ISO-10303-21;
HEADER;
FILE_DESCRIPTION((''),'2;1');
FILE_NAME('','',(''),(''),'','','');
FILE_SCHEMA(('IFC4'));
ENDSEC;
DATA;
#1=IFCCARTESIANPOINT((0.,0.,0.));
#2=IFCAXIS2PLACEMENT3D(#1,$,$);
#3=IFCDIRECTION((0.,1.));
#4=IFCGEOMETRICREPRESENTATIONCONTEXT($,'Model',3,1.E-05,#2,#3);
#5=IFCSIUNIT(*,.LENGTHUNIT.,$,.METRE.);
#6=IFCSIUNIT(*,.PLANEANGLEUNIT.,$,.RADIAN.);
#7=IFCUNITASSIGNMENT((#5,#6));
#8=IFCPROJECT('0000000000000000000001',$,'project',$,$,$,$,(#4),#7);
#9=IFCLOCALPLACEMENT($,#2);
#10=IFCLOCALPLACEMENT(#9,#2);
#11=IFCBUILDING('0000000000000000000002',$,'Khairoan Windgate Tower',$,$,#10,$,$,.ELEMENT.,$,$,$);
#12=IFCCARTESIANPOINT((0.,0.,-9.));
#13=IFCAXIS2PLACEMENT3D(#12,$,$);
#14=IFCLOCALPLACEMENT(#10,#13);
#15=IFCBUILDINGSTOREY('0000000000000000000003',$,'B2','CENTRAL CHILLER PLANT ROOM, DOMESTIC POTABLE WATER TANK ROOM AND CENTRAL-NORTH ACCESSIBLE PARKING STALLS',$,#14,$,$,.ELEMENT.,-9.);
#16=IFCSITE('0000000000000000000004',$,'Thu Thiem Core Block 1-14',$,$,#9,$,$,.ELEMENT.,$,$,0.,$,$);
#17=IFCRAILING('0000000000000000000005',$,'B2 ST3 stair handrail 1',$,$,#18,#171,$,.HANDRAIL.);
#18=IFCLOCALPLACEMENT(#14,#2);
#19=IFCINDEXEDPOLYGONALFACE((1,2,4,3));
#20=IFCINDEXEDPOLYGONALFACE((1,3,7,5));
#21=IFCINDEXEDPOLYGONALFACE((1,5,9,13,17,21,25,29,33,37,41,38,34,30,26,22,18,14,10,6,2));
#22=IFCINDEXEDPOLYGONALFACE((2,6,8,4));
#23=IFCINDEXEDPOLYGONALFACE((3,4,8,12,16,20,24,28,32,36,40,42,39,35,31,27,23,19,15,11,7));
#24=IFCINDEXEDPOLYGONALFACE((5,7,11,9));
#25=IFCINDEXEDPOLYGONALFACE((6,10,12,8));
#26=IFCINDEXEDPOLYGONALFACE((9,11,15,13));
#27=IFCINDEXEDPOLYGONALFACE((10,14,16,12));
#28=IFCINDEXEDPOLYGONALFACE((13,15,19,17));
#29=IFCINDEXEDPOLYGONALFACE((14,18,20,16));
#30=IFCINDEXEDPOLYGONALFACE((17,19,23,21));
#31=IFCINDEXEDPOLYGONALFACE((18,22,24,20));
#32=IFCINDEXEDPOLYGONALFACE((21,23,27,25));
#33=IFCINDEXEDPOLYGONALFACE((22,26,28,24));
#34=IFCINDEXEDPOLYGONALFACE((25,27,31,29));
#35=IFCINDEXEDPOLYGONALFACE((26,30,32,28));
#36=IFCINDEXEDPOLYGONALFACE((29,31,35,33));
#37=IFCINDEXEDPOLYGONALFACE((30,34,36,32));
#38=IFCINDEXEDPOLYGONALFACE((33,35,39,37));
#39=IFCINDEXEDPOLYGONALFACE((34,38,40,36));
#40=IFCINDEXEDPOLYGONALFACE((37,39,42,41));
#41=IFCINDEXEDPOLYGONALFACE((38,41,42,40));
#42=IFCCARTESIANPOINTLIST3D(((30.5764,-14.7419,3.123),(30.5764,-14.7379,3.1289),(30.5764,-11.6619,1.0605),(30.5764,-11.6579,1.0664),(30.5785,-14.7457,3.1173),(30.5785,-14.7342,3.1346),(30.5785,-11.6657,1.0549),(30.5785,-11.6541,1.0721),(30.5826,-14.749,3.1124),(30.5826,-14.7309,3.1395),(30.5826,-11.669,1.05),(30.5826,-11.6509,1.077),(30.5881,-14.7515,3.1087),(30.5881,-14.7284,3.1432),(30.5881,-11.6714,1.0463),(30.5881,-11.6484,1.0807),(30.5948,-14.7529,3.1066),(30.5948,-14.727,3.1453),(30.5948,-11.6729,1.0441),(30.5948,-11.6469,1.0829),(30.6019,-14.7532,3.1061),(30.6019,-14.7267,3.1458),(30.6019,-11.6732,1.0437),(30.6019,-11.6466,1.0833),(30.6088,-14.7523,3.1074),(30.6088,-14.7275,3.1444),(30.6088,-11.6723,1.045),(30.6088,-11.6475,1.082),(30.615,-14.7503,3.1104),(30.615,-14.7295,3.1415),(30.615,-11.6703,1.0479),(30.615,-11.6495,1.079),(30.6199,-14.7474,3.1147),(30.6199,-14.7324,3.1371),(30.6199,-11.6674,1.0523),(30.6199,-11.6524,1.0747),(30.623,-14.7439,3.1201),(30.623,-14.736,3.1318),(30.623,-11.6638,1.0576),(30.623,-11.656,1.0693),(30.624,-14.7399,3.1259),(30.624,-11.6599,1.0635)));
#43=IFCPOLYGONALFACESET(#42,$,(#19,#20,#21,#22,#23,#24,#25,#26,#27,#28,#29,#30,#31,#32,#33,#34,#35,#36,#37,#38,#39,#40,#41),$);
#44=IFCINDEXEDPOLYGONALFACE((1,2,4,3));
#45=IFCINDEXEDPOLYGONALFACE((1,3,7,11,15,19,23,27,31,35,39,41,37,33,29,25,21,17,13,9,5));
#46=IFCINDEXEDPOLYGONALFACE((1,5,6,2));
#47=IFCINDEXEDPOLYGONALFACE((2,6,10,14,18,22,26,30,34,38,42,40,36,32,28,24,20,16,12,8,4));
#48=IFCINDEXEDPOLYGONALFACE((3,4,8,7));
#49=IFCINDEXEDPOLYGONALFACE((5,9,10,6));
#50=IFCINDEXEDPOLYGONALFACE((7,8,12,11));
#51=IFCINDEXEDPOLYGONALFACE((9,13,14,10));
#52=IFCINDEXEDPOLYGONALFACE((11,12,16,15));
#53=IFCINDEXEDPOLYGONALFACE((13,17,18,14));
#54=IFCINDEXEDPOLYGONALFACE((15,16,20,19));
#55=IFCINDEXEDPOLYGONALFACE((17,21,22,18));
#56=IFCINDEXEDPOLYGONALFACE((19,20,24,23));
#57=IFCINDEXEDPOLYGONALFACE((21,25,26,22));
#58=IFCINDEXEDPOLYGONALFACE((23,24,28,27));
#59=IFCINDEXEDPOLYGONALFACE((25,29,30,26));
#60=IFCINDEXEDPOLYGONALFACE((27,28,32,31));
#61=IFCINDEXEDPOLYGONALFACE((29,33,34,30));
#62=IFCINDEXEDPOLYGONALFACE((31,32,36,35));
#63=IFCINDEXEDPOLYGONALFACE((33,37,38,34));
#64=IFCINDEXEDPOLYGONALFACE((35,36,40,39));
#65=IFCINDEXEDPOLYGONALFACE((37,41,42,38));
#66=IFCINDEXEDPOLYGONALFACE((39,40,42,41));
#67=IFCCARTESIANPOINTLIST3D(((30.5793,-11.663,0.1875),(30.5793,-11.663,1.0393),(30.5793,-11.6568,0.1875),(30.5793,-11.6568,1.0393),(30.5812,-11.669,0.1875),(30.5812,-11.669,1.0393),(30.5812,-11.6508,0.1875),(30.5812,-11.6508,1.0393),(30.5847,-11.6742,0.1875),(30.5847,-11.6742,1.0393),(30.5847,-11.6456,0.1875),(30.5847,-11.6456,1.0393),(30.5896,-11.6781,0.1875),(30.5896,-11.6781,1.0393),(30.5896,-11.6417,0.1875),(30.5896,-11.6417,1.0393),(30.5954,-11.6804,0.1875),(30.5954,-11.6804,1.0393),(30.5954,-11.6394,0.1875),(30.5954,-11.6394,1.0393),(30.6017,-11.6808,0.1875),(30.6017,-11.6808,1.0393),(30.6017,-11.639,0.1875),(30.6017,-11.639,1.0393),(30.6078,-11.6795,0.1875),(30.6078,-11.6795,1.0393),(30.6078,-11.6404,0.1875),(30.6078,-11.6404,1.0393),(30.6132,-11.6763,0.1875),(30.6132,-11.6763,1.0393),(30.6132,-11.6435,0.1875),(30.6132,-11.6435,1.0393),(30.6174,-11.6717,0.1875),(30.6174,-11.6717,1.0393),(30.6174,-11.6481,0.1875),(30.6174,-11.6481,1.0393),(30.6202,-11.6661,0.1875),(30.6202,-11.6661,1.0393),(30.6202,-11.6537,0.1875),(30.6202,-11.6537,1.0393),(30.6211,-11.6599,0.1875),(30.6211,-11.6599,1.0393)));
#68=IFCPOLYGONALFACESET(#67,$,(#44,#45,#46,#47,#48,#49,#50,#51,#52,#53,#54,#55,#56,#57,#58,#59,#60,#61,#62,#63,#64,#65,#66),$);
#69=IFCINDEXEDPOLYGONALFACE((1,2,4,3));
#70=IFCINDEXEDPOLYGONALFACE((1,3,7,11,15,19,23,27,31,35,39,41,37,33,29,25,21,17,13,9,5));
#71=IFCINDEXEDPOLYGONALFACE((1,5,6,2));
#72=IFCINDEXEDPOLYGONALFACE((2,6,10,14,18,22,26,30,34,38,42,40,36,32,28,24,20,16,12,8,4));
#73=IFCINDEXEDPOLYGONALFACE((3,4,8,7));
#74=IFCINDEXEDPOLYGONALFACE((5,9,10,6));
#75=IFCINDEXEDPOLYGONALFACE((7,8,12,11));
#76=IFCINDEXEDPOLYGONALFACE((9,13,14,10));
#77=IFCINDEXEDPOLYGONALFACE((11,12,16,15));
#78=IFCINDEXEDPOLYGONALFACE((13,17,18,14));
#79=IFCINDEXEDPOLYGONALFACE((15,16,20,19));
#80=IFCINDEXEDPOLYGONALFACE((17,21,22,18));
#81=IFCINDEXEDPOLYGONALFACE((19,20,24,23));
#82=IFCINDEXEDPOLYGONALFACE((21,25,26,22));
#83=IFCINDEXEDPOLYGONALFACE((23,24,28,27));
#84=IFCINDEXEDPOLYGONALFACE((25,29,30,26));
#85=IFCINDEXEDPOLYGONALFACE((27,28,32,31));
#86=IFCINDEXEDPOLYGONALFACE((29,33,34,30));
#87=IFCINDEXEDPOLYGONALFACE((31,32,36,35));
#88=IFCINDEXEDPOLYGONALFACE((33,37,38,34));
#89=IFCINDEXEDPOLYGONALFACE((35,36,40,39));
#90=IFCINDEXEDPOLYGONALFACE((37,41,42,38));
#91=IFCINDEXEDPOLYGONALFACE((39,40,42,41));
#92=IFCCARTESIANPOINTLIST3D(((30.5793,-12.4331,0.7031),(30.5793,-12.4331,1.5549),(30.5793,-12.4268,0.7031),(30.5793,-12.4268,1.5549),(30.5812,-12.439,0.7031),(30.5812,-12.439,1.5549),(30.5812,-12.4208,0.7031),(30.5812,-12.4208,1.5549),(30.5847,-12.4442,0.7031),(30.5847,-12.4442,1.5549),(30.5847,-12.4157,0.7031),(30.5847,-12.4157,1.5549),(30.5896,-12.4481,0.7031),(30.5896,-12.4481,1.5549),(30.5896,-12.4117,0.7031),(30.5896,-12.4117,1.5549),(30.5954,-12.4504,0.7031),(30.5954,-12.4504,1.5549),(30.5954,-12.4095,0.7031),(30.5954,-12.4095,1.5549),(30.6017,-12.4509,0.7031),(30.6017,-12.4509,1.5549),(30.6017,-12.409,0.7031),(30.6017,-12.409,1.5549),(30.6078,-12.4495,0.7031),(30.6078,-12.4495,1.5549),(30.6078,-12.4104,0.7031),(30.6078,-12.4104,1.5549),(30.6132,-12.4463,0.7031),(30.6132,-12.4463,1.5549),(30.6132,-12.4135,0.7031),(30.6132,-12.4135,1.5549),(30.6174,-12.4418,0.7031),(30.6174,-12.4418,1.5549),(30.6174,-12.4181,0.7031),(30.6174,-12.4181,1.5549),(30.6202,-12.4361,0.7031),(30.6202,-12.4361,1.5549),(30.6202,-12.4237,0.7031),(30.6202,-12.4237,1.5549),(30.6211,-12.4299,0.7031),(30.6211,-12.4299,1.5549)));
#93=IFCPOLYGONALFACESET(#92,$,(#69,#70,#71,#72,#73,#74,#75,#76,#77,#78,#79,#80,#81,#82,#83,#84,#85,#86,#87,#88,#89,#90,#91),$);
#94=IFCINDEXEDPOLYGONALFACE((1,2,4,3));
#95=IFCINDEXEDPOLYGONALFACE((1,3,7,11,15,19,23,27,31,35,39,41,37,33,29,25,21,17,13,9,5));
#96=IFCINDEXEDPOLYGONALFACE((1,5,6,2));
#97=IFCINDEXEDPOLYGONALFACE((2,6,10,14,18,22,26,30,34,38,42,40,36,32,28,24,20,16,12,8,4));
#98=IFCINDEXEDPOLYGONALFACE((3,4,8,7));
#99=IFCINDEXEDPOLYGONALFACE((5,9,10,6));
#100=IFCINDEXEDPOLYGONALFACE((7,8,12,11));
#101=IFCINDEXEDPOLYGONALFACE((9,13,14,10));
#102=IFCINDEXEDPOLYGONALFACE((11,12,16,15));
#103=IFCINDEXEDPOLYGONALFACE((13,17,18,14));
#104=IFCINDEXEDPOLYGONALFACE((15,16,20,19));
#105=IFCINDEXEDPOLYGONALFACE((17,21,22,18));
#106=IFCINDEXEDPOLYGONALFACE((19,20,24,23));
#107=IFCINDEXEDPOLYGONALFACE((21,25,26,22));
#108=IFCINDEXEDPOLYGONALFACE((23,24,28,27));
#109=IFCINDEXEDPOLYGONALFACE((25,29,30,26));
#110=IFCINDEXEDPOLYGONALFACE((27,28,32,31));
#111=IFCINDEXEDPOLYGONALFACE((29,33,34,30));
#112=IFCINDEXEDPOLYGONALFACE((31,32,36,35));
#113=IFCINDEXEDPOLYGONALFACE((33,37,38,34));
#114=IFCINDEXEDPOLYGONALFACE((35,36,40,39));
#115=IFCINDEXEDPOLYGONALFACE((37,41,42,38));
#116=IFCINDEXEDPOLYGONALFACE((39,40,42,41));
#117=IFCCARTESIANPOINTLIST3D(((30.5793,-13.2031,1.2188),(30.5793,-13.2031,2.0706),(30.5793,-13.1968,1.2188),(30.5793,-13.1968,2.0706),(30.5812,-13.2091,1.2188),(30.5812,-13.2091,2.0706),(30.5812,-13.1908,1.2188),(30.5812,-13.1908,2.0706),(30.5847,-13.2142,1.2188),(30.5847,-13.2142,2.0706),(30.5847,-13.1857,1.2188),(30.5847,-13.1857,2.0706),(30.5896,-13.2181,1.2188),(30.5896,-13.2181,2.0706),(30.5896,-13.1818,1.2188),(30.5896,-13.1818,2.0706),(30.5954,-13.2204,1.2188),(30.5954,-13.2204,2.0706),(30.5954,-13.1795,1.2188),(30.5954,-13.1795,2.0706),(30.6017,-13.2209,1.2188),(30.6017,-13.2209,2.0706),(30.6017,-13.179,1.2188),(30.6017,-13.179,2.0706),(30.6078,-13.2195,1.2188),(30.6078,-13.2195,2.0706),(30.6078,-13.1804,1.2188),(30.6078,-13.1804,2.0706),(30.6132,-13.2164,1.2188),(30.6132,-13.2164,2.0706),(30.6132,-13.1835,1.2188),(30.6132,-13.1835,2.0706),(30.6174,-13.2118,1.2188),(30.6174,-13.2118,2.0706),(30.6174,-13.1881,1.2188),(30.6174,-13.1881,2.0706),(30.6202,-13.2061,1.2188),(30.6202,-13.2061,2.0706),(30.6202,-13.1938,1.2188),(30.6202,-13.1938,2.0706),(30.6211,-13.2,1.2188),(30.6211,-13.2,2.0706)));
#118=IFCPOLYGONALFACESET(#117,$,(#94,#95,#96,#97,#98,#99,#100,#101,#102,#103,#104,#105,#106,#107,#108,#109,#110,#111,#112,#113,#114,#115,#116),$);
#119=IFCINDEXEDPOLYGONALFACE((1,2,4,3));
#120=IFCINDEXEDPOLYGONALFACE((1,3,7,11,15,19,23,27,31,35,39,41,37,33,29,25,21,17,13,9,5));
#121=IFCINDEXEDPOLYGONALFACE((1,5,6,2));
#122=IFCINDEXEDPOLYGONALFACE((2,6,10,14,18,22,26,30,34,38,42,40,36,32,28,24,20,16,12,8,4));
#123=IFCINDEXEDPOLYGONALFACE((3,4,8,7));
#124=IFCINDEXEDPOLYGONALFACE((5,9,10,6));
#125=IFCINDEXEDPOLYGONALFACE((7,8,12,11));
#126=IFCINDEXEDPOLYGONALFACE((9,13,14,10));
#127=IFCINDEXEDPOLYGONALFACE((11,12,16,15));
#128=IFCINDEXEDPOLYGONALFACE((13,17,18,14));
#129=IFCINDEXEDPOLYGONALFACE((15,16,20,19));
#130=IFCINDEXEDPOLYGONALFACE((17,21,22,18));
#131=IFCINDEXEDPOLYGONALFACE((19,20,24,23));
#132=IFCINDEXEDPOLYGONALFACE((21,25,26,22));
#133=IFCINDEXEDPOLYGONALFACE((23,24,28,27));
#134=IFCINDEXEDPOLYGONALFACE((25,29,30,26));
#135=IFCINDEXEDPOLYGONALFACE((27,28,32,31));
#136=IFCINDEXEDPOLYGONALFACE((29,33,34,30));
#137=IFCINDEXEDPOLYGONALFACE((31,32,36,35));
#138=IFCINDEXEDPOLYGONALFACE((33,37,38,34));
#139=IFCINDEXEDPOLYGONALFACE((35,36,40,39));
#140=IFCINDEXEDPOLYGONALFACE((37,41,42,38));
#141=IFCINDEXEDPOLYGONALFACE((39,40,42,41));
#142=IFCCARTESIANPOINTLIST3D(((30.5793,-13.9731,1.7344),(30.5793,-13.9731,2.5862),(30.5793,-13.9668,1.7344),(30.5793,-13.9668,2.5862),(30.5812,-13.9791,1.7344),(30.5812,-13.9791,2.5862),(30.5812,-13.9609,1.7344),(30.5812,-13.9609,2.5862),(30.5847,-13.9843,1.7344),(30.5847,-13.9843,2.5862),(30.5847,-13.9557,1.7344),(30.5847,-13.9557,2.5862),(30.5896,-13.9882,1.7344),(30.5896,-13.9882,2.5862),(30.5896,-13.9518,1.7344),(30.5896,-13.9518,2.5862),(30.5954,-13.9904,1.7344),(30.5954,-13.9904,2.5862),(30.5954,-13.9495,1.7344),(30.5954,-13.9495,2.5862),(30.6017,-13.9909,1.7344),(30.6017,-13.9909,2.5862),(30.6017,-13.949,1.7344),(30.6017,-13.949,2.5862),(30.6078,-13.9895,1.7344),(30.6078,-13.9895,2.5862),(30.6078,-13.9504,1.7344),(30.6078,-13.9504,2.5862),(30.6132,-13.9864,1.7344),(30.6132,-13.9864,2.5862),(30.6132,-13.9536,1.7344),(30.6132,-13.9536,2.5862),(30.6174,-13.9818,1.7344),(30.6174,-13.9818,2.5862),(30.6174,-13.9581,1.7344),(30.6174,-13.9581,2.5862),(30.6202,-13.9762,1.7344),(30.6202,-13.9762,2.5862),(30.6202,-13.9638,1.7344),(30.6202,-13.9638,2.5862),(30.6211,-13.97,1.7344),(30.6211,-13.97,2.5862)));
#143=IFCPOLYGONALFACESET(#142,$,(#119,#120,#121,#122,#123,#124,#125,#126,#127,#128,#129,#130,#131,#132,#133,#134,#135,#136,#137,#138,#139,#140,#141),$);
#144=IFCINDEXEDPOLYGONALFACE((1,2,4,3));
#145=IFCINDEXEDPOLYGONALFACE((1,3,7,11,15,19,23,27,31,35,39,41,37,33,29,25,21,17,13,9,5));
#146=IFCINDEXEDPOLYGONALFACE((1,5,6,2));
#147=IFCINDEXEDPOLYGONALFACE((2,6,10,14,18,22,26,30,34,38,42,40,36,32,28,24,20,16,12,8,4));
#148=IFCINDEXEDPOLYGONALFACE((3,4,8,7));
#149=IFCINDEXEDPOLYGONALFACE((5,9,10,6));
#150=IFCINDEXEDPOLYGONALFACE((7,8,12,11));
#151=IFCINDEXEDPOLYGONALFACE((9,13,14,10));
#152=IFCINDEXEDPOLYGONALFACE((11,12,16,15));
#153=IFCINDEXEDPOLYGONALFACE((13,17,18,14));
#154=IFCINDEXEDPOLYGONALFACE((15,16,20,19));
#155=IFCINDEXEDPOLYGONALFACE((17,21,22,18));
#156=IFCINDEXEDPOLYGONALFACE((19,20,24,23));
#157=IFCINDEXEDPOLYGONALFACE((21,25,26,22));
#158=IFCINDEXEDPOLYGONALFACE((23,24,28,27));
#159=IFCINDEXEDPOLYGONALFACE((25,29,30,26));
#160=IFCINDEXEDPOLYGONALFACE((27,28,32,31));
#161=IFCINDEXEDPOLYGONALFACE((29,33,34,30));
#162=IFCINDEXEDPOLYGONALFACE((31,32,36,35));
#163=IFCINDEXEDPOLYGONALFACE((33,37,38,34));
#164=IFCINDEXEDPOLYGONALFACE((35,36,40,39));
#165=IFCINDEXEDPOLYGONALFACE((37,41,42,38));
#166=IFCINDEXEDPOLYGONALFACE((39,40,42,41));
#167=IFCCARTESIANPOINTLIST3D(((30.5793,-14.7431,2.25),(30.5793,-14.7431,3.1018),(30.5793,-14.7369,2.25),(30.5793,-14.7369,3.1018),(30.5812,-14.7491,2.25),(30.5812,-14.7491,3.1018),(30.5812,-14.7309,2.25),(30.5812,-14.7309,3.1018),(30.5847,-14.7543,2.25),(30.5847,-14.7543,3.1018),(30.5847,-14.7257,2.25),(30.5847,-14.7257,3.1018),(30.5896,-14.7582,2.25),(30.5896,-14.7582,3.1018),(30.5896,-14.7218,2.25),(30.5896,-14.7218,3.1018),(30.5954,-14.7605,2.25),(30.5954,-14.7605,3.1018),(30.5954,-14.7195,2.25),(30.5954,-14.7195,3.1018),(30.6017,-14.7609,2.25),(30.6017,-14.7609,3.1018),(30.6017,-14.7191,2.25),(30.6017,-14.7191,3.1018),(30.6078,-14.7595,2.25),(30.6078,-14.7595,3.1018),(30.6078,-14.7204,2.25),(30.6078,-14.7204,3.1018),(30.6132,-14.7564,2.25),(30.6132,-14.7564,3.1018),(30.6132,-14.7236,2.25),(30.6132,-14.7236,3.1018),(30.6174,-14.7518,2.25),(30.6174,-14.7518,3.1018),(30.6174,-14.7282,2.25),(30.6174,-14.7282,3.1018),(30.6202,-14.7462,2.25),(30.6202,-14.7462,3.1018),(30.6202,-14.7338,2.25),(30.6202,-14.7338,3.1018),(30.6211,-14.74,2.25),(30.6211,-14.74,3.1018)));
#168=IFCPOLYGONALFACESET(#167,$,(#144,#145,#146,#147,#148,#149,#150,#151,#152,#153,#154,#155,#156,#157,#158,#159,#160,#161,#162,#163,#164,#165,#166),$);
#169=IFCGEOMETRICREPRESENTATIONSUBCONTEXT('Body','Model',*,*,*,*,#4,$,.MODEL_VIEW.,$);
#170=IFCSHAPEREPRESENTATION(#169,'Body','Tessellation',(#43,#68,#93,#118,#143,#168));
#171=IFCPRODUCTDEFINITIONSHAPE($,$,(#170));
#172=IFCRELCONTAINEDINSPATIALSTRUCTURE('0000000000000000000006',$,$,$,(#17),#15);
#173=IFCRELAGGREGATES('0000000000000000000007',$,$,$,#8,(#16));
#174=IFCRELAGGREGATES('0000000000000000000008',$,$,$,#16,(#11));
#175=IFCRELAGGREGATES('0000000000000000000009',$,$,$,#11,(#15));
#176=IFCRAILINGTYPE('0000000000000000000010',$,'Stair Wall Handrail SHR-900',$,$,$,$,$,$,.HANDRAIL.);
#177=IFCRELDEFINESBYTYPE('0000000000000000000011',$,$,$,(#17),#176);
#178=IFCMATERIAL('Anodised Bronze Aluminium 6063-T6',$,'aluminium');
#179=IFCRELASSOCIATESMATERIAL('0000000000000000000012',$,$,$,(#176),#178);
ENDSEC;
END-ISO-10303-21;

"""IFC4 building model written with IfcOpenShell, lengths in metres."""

from ifc_helpers import new_model, si_unit, direction, frame, origin, origin_2d, place, context, subcontext, project, spatial, circle, extrude, material, type_object, element, save


model = new_model("IFC4")

# Units and contexts
model_context = context("Model", 3, precision=1e-05, world=origin(), true_north=direction((0.0, 1.0)))
body_context = subcontext(model_context, "Body", "Model", "MODEL_VIEW")
ifc_project = project(units=[si_unit("LENGTHUNIT", "METRE"), si_unit("PLANEANGLEUNIT", "RADIAN")], contexts=[model_context])

# Site, building, storey
site_placement = place(None, origin())
site = spatial("IfcSite", under=ifc_project, at=site_placement, Name="Thu Thiem Core Block 1-14", CompositionType="ELEMENT", RefElevation=0.0)
building_placement = place(site_placement, origin())
building = spatial("IfcBuilding", under=site, at=building_placement, Name="Khairoan Windgate Tower", CompositionType="ELEMENT")
storey_placement = place(building_placement, frame((0.0, 0.0, -9.0)))
storey = spatial("IfcBuildingStorey", under=building, at=storey_placement, Name="B2", Description="CENTRAL CHILLER PLANT ROOM, DOMESTIC POTABLE WATER TANK ROOM AND CENTRAL-NORTH ACCESSIBLE PARKING STALLS", CompositionType="ELEMENT", Elevation=-9.0)

# Railing
ifc_material_1 = material(Name="Anodised Bronze Aluminium 6063-T6", Category="aluminium")
railing_type_1 = type_object("IfcRailingType", Name="Stair Wall Handrail SHR-900", PredefinedType="HANDRAIL", material=ifc_material_1)
railing_1_placement = place(storey_placement, frame((30.6001, -11.6599, 0.1875)))
element("IfcRailing", 1, at=railing_1_placement, inside=storey, type_object=railing_type_1, Name="B2 ST3 stair handrail 1", PredefinedType="HANDRAIL", context=body_context, shape_type="SweptSolid", body=[
    extrude(circle(Radius=0.0239, at=origin_2d()), frame((0.0, 0.0, 0.876), z_axis=(0.0, -0.830914, 0.556401), x_axis=(1.0, 0.0, 0.0)), (0.0, 0.0, 1.0), 3.7068),
    extrude(circle(Radius=0.021, at=origin_2d()), origin(), (0.0, 0.0, 1.0), 0.8518),
    extrude(circle(Radius=0.021, at=origin_2d()), frame((0.0, -0.77, 0.5156)), (0.0, 0.0, 1.0), 0.8518),
    extrude(circle(Radius=0.021, at=origin_2d()), frame((0.0, -1.54, 1.0312)), (0.0, 0.0, 1.0), 0.8518),
    extrude(circle(Radius=0.021, at=origin_2d()), frame((0.0, -2.3101, 1.5469)), (0.0, 0.0, 1.0), 0.8518),
    extrude(circle(Radius=0.021, at=origin_2d()), frame((0.0, -3.0801, 2.0625)), (0.0, 0.0, 1.0), 0.8518),
])

save(model, "model.ifc")
